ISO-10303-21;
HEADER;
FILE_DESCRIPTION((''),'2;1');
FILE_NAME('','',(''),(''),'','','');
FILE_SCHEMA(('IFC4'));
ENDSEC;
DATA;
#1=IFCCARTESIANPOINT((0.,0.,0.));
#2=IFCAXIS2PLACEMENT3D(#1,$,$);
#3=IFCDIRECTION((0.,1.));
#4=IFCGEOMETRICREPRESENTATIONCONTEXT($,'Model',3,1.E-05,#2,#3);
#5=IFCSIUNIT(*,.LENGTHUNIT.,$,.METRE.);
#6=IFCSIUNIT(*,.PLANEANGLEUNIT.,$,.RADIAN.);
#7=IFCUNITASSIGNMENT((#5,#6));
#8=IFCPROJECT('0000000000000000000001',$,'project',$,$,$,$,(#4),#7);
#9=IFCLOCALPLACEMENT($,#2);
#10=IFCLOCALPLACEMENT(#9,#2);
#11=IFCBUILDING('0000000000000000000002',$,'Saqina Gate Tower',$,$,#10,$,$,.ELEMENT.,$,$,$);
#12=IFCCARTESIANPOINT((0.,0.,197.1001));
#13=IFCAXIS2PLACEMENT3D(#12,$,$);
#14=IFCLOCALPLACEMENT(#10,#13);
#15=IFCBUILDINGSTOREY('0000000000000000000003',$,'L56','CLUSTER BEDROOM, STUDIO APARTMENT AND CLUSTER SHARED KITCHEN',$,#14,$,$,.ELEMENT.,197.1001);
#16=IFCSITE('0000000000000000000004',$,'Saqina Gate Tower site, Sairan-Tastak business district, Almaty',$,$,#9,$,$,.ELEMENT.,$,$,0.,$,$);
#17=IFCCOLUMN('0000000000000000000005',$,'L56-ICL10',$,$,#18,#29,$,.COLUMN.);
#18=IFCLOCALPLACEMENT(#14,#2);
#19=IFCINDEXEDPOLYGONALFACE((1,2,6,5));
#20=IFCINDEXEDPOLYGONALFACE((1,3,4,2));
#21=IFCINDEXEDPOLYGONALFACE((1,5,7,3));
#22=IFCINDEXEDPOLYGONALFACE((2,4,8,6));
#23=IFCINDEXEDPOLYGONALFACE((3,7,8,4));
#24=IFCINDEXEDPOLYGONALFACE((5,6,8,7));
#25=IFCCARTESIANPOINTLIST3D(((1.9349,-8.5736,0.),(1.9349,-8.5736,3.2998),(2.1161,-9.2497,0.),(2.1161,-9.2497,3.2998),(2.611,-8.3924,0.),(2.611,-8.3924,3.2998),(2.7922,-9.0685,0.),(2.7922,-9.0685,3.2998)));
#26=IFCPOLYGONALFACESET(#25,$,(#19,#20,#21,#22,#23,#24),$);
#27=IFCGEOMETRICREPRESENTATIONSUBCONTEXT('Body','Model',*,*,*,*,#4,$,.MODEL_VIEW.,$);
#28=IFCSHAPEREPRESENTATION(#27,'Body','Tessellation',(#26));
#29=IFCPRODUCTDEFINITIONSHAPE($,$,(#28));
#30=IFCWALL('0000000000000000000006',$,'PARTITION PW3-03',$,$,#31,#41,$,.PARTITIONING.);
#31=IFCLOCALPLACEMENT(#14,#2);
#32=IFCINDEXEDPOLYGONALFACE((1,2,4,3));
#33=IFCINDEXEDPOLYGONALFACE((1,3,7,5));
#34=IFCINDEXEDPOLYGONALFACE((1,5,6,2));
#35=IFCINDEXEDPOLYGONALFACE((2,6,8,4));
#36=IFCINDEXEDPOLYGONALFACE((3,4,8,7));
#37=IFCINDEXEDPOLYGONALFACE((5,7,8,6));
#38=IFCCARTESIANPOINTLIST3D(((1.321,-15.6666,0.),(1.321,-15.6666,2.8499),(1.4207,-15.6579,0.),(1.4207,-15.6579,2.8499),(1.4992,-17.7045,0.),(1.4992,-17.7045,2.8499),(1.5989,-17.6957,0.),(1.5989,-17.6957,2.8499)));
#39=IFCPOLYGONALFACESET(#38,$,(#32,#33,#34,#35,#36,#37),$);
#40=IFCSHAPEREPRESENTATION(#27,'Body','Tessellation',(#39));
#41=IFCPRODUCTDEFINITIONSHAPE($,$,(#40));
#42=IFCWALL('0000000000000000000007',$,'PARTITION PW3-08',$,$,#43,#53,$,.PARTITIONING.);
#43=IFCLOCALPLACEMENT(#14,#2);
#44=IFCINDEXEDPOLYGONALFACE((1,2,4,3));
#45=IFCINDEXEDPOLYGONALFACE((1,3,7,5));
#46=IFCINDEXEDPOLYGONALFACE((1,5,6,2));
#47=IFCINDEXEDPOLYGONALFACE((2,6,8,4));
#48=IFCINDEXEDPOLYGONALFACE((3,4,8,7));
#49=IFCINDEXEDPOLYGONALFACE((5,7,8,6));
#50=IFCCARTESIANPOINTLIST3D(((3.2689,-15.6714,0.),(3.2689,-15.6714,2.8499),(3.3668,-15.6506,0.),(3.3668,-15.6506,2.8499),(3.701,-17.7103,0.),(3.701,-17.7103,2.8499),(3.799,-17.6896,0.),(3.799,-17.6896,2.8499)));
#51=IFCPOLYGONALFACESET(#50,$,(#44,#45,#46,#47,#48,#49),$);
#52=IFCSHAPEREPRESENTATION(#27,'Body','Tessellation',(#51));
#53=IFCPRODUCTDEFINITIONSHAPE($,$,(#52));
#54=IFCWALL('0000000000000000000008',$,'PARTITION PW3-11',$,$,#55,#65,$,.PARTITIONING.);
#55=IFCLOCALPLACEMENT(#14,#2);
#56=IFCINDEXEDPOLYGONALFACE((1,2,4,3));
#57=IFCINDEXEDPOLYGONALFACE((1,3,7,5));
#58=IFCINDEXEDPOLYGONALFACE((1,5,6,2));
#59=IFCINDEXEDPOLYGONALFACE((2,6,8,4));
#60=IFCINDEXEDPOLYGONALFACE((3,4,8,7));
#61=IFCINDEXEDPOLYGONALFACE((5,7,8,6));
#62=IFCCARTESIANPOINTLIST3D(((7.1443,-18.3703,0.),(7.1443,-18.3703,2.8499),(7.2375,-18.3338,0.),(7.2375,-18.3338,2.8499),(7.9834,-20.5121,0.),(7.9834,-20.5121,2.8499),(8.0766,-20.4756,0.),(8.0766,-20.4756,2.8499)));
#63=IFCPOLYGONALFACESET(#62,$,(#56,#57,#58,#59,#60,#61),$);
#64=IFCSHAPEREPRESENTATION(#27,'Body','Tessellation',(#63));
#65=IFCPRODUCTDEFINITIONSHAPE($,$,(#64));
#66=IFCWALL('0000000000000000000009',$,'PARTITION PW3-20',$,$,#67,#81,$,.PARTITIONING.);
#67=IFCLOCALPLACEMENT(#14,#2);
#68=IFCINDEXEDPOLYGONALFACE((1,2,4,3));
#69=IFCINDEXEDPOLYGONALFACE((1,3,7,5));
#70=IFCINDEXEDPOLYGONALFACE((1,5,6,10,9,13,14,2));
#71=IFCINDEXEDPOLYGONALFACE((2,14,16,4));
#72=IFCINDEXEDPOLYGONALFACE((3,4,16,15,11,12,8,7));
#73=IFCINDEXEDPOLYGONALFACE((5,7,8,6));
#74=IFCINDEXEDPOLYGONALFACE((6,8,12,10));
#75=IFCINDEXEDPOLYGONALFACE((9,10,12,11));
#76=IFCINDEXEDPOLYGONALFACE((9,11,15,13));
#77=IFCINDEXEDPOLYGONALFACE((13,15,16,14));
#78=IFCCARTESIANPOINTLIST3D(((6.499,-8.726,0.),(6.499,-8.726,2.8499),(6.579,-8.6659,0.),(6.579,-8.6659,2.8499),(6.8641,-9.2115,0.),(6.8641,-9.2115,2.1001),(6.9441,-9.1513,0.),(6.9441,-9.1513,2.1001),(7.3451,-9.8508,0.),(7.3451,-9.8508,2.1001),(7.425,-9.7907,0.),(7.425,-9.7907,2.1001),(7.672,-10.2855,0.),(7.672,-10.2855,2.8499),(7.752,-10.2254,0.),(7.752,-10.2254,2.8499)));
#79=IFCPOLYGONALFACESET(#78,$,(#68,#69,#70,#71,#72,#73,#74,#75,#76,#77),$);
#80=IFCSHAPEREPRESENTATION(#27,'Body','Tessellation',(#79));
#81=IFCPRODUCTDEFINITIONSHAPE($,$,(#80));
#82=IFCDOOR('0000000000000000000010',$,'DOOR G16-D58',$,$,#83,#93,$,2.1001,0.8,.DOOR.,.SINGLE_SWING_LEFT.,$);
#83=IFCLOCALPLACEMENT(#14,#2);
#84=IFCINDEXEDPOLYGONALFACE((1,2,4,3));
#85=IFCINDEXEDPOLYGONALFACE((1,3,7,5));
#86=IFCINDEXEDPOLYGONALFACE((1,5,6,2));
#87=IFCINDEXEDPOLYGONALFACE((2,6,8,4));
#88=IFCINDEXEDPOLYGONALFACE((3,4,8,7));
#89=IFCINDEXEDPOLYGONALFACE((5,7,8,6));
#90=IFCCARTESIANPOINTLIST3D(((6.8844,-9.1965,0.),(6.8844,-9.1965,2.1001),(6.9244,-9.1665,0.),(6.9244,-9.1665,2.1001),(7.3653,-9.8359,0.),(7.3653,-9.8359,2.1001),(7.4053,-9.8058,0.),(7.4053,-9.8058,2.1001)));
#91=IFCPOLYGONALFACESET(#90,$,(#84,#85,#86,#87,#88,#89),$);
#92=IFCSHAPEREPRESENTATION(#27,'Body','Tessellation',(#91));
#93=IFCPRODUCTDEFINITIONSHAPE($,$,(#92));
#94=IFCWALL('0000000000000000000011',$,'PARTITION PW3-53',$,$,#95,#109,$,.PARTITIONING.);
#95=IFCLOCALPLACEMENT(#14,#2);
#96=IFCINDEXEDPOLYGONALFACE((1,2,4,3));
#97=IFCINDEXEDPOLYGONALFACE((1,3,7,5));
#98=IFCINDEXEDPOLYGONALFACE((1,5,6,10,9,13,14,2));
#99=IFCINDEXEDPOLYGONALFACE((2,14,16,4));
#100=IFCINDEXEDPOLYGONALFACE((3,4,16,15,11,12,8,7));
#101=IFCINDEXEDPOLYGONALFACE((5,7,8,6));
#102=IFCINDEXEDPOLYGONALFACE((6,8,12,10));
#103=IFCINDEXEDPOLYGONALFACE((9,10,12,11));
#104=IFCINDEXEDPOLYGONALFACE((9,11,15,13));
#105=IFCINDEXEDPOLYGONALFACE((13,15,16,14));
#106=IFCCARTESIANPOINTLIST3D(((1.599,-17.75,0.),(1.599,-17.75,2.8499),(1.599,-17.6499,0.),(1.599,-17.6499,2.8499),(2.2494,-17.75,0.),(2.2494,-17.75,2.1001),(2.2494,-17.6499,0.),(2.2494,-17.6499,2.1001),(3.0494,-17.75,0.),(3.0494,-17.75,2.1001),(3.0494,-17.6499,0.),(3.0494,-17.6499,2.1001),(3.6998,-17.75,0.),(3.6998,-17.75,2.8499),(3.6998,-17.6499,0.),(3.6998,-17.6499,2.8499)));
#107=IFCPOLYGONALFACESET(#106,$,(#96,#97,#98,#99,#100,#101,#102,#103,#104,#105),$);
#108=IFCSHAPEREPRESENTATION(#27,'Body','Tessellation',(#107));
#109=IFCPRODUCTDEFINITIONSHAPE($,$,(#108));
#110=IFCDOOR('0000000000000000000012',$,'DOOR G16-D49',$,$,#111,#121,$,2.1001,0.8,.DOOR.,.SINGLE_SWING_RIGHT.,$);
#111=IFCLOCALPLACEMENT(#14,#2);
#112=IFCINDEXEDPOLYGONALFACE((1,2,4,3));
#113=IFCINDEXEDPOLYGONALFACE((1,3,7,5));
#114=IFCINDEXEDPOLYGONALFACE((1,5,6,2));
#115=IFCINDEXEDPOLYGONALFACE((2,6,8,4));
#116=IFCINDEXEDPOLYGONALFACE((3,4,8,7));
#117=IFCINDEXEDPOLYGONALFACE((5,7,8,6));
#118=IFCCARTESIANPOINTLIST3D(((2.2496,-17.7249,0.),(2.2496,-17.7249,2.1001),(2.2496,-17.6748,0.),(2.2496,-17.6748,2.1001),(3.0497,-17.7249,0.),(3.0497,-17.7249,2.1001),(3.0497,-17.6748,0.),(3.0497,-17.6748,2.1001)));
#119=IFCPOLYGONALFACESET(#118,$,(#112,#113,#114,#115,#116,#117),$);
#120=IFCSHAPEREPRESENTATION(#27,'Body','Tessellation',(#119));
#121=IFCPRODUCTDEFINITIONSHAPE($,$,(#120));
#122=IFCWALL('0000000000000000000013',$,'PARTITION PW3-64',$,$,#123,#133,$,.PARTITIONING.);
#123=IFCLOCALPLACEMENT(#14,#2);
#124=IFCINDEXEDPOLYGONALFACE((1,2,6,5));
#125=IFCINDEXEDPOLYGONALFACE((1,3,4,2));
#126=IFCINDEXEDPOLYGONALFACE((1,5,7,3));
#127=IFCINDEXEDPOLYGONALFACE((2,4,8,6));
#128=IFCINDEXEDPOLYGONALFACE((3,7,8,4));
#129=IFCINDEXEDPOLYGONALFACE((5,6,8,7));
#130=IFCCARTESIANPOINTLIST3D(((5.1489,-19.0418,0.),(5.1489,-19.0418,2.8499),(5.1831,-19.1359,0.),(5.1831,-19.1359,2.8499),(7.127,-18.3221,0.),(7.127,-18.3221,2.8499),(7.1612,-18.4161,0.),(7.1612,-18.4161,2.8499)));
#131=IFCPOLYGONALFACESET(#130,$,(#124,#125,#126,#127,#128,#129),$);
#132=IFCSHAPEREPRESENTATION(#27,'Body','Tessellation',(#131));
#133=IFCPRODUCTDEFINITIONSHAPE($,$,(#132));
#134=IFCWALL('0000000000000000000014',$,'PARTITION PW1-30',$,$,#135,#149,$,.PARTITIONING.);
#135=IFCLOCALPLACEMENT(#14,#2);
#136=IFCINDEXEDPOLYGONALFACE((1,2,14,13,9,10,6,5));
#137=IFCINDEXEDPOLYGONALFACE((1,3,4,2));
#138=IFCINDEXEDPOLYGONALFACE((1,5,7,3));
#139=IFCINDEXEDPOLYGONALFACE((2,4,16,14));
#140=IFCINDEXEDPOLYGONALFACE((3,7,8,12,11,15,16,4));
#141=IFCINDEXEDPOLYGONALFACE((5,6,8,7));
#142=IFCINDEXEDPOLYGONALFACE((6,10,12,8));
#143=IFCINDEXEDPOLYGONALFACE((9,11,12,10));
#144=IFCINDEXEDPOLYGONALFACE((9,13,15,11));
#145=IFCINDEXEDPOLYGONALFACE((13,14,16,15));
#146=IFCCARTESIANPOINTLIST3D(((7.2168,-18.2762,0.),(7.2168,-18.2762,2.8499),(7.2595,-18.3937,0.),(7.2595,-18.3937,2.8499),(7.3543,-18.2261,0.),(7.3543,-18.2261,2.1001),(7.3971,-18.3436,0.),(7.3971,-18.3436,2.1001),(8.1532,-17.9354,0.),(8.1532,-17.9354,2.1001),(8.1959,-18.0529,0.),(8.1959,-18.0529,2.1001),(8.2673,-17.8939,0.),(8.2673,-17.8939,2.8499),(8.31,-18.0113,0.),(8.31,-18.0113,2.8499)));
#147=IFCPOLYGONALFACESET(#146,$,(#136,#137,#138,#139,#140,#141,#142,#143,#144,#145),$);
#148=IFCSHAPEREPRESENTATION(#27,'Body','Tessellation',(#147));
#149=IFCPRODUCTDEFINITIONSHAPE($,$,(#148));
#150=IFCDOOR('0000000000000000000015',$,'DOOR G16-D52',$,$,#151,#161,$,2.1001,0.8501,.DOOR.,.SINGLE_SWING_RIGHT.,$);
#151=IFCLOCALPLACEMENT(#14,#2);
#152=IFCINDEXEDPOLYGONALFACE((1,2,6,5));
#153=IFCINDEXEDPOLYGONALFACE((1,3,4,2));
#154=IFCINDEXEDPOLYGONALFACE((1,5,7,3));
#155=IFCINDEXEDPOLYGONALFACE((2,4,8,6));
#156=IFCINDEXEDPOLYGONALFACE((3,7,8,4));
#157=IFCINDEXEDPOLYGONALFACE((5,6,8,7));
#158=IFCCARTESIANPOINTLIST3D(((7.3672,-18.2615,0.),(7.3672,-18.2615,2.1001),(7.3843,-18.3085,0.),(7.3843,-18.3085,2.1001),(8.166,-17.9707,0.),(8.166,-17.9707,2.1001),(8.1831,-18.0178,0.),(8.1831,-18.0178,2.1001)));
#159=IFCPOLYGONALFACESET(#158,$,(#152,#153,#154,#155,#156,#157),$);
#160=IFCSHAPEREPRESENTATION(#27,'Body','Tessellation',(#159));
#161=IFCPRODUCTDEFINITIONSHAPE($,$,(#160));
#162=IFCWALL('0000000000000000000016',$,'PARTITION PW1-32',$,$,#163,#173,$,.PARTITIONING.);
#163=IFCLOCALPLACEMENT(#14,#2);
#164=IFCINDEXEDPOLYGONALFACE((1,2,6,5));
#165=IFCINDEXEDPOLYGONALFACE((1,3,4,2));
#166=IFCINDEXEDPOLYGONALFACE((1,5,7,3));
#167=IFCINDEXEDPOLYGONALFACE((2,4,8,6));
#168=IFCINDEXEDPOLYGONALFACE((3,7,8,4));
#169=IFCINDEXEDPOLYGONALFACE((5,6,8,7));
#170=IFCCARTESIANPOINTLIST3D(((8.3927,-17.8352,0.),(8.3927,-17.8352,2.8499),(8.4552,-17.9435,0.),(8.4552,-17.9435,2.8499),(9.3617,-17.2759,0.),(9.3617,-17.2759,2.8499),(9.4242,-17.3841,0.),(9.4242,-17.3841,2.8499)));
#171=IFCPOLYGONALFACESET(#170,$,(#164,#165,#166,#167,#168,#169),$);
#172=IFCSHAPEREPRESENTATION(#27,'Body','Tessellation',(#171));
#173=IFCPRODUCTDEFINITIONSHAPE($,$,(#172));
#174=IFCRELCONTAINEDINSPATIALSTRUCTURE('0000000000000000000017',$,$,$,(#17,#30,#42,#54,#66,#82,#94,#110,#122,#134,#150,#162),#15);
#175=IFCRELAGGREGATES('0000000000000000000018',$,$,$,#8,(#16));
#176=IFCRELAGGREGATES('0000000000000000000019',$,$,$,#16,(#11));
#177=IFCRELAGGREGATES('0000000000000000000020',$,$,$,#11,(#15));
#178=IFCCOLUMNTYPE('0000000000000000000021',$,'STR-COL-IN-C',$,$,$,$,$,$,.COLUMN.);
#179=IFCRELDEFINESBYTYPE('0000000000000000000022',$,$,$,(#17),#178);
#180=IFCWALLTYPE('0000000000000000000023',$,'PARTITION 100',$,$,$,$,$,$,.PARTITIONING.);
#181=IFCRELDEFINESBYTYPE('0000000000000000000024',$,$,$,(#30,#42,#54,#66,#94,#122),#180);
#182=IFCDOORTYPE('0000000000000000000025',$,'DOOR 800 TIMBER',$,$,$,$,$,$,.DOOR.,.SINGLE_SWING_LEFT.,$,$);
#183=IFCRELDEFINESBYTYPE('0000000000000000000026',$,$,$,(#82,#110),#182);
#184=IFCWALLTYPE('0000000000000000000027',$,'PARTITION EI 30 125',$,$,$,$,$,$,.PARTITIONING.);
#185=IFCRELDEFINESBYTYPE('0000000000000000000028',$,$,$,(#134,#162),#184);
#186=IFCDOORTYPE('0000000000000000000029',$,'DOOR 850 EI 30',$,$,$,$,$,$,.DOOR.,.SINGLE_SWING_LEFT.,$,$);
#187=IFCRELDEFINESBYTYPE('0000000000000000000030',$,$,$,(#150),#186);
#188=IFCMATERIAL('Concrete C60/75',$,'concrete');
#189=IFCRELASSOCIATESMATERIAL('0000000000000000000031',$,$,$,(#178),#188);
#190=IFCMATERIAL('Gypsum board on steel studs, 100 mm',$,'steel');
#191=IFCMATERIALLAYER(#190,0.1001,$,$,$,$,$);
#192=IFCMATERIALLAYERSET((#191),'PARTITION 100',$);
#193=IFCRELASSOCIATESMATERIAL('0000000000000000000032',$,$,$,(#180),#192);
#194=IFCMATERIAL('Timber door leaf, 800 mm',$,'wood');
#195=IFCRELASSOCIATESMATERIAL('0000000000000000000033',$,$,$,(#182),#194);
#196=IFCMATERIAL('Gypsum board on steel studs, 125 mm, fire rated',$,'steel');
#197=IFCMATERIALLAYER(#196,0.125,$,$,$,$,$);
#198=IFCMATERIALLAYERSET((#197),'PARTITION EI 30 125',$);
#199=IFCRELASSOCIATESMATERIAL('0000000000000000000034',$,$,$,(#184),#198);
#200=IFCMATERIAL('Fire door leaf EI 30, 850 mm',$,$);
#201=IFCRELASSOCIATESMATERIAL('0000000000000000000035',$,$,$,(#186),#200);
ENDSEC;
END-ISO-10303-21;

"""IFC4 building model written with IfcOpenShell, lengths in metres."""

from ifc_helpers import new_model, si_unit, direction, frame, frame_2d, origin, origin_2d, place, context, subcontext, project, spatial, rectangle, extrude, material, layer, layer_set, material_profile, profile_set, type_object, element, fill, save


model = new_model("IFC4")

# Units and contexts
model_context = context("Model", 3, precision=1e-05, world=origin(), true_north=direction((0.0, 1.0)))
body_context = subcontext(model_context, "Body", "Model", "MODEL_VIEW")
ifc_project = project(units=[si_unit("LENGTHUNIT", "METRE"), si_unit("PLANEANGLEUNIT", "RADIAN")], contexts=[model_context])

# Site, building, storey
site_placement = place(None, origin())
site = spatial("IfcSite", under=ifc_project, at=site_placement, Name="Saqina Gate Tower site, Sairan-Tastak business district, Almaty", CompositionType="ELEMENT", RefElevation=0.0)
building_placement = place(site_placement, origin())
building = spatial("IfcBuilding", under=site, at=building_placement, Name="Saqina Gate Tower", CompositionType="ELEMENT")
storey_placement = place(building_placement, frame((0.0, 0.0, 197.1001)))
storey = spatial("IfcBuildingStorey", under=building, at=storey_placement, Name="L56", Description="CLUSTER BEDROOM, STUDIO APARTMENT AND CLUSTER SHARED KITCHEN", CompositionType="ELEMENT", Elevation=197.1001)

# Column
ifc_material_1 = material(Name="Concrete C60/75", Category="concrete")
ifc_material_profile = material_profile(ifc_material_1, rectangle(XDim=0.7, YDim=0.7, at=origin_2d()), Name="RC 700x700")
ifc_profile_set = profile_set([ifc_material_profile], Name="Concrete C60/75")
column_type = type_object("IfcColumnType", Name="STR-COL-IN-C", PredefinedType="COLUMN", material=ifc_profile_set)
column_placement = place(storey_placement, frame((2.3635, -8.821, 0.0), z_axis=(0.0, 0.0, 1.0), x_axis=(0.258819, -0.965926, 0.0)))
element("IfcColumn", 1, at=column_placement, inside=storey, type_object=column_type, Name="L56-ICL10", PredefinedType="COLUMN", context=body_context, shape_type="SweptSolid", body=[
    extrude(rectangle(XDim=0.7, YDim=0.7, at=origin_2d()), origin(), (0.0, 0.0, 1.0), 3.2998),
])

# Walls
ifc_material_2 = material(Name="Gypsum board on steel studs, 100 mm", Category="steel")
ifc_layer_1 = layer(ifc_material_2, 0.1001)
ifc_layer_set_1 = layer_set([ifc_layer_1], Name="PARTITION 100")
wall_type_1 = type_object("IfcWallType", Name="PARTITION 100", PredefinedType="PARTITIONING", material=ifc_layer_set_1)
wall_1_placement = place(storey_placement, frame((1.3708, -15.6621, 0.0), z_axis=(0.0, 0.0, 1.0), x_axis=(0.087124, -0.996197, 0.0)))
element("IfcWall", 2, at=wall_1_placement, inside=storey, type_object=wall_type_1, Name="PARTITION PW3-03", PredefinedType="PARTITIONING", context=body_context, shape_type="SweptSolid", body=[
    extrude(rectangle(XDim=2.0457, YDim=0.1001, at=frame_2d((1.0229, 0.0))), origin(), (0.0, 0.0, 1.0), 2.8499),
])
wall_2_placement = place(storey_placement, frame((3.3179, -15.6611, 0.0), z_axis=(0.0, 0.0, 1.0), x_axis=(0.207345, -0.978268, 0.0)))
element("IfcWall", 3, at=wall_2_placement, inside=storey, type_object=wall_type_1, Name="PARTITION PW3-08", PredefinedType="PARTITIONING", context=body_context, shape_type="SweptSolid", body=[
    extrude(rectangle(XDim=2.0842, YDim=0.1001, at=frame_2d((1.042, 0.0))), origin(), (0.0, 0.0, 1.0), 2.8499),
])
wall_3_placement = place(storey_placement, frame((7.1909, -18.3521, 0.0), z_axis=(0.0, 0.0, 1.0), x_axis=(0.364775, -0.931096, 0.0)))
element("IfcWall", 4, at=wall_3_placement, inside=storey, type_object=wall_type_1, Name="PARTITION PW3-11", PredefinedType="PARTITIONING", context=body_context, shape_type="SweptSolid", body=[
    extrude(rectangle(XDim=2.3003, YDim=0.1001, at=frame_2d((1.1501, 0.0))), origin(), (0.0, 0.0, 1.0), 2.8499),
])

# Walls, openings, doors
wall_4_placement = place(storey_placement, frame((6.5391, -8.696, 0.0), z_axis=(0.0, 0.0, 1.0), x_axis=(0.60112, -0.799159, 0.0)))
wall_4 = element("IfcWall", 5, at=wall_4_placement, inside=storey, type_object=wall_type_1, Name="PARTITION PW3-20", PredefinedType="PARTITIONING", context=body_context, shape_type="SweptSolid", body=[
    extrude(rectangle(XDim=1.9514, YDim=0.1001, at=frame_2d((0.9756, 0.0))), origin(), (0.0, 0.0, 1.0), 2.8499),
])
opening_1_placement = place(wall_4_placement, frame((0.6074, 0.0, 0.0)))
opening_1 = element("IfcOpeningElement", 6, at=opening_1_placement, cuts=wall_4, PredefinedType="OPENING", context=body_context, shape_type="SweptSolid", body=[
    extrude(rectangle(XDim=0.8, YDim=2.1001, at=frame_2d((0.3999, 1.05))), frame((0.0, 0.062, 0.0), z_axis=(0.0, -1.0, 0.0), x_axis=(1.0, 0.0, 0.0)), (0.0, 0.0, 1.0), 0.124),
])
ifc_material_3 = material(Name="Timber door leaf, 800 mm", Category="wood")
door_type_1 = type_object("IfcDoorType", Name="DOOR 800 TIMBER", OperationType="SINGLE_SWING_LEFT", PredefinedType="DOOR", material=ifc_material_3)
door_1_placement = place(opening_1_placement, frame((0.8, 0.0, 0.0), z_axis=(0.0, 0.0, 1.0), x_axis=(-1.0, 0.0, 0.0)))
door_1 = element("IfcDoor", 7, at=door_1_placement, inside=storey, type_object=door_type_1, Name="DOOR G16-D58", OperationType="SINGLE_SWING_LEFT", OverallHeight=2.1001, OverallWidth=0.8, PredefinedType="DOOR", context=body_context, shape_type="SweptSolid", body=[
    extrude(rectangle(XDim=0.8, YDim=2.1001, at=frame_2d((0.3999, 1.05))), frame((0.0, 0.0249, 0.0), z_axis=(0.0, -1.0, 0.0), x_axis=(1.0, 0.0, 0.0)), (0.0, 0.0, 1.0), 0.05),
])
fill(opening_1, door_1)
wall_5_placement = place(storey_placement, frame((1.5991, -17.7, 0.0), z_axis=(0.0, 0.0, 1.0), x_axis=(1.0, 0.0, 0.0)))
wall_5 = element("IfcWall", 8, at=wall_5_placement, inside=storey, type_object=wall_type_1, Name="PARTITION PW3-53", PredefinedType="PARTITIONING", context=body_context, shape_type="SweptSolid", body=[
    extrude(rectangle(XDim=2.1008, YDim=0.1001, at=frame_2d((1.0503, 0.0))), origin(), (0.0, 0.0, 1.0), 2.8499),
])
opening_2_placement = place(wall_5_placement, frame((0.6504, 0.0, 0.0)))
opening_2 = element("IfcOpeningElement", 9, at=opening_2_placement, cuts=wall_5, PredefinedType="OPENING", context=body_context, shape_type="SweptSolid", body=[
    extrude(rectangle(XDim=0.8, YDim=2.1001, at=frame_2d((0.3999, 1.05))), frame((0.0, 0.062, 0.0), z_axis=(0.0, -1.0, 0.0), x_axis=(1.0, 0.0, 0.0)), (0.0, 0.0, 1.0), 0.124),
])
door_2_placement = place(opening_2_placement, frame((0.8, 0.0, 0.0), z_axis=(0.0, 0.0, 1.0), x_axis=(-1.0, 0.0, 0.0)))
door_2 = element("IfcDoor", 10, at=door_2_placement, inside=storey, type_object=door_type_1, Name="DOOR G16-D49", OperationType="SINGLE_SWING_RIGHT", OverallHeight=2.1001, OverallWidth=0.8, PredefinedType="DOOR", context=body_context, shape_type="SweptSolid", body=[
    extrude(rectangle(XDim=0.8, YDim=2.1001, at=frame_2d((0.3999, 1.05))), frame((0.0, 0.0249, 0.0), z_axis=(0.0, -1.0, 0.0), x_axis=(1.0, 0.0, 0.0)), (0.0, 0.0, 1.0), 0.05),
])
fill(opening_2, door_2)

# Wall
wall_6_placement = place(storey_placement, frame((5.166, -19.0889, 0.0), z_axis=(0.0, 0.0, 1.0), x_axis=(0.939726, 0.341929, 0.0)))
element("IfcWall", 11, at=wall_6_placement, inside=storey, type_object=wall_type_1, Name="PARTITION PW3-64", PredefinedType="PARTITIONING", context=body_context, shape_type="SweptSolid", body=[
    extrude(rectangle(XDim=2.105, YDim=0.1001, at=frame_2d((1.0525, 0.0))), origin(), (0.0, 0.0, 1.0), 2.8499),
])

# Wall, opening, door
ifc_material_4 = material(Name="Gypsum board on steel studs, 125 mm, fire rated", Category="steel")
ifc_layer_2 = layer(ifc_material_4, 0.125)
ifc_layer_set_2 = layer_set([ifc_layer_2], Name="PARTITION EI 30 125")
wall_type_2 = type_object("IfcWallType", Name="PARTITION EI 30 125", PredefinedType="PARTITIONING", material=ifc_layer_set_2)
wall_7_placement = place(storey_placement, frame((7.238, -18.335, 0.0), z_axis=(0.0, 0.0, 1.0), x_axis=(0.939704, 0.341989, 0.0)))
wall_7 = element("IfcWall", 12, at=wall_7_placement, inside=storey, type_object=wall_type_2, Name="PARTITION PW1-30", PredefinedType="PARTITIONING", context=body_context, shape_type="SweptSolid", body=[
    extrude(rectangle(XDim=1.1179, YDim=0.125, at=frame_2d((0.5591, 0.0))), origin(), (0.0, 0.0, 1.0), 2.8499),
])
opening_3_placement = place(wall_7_placement, frame((0.1465, 0.0, 0.0)))
opening_3 = element("IfcOpeningElement", 13, at=opening_3_placement, cuts=wall_7, PredefinedType="OPENING", context=body_context, shape_type="SweptSolid", body=[
    extrude(rectangle(XDim=0.8501, YDim=2.1001, at=frame_2d((0.425, 1.05))), frame((0.0, 0.0745, 0.0), z_axis=(0.0, -1.0, 0.0), x_axis=(1.0, 0.0, 0.0)), (0.0, 0.0, 1.0), 0.1489),
])
ifc_material_5 = material(Name="Fire door leaf EI 30, 850 mm")
door_type_2 = type_object("IfcDoorType", Name="DOOR 850 EI 30", OperationType="SINGLE_SWING_LEFT", PredefinedType="DOOR", material=ifc_material_5)
door_3_placement = place(opening_3_placement, origin())
door_3 = element("IfcDoor", 14, at=door_3_placement, inside=storey, type_object=door_type_2, Name="DOOR G16-D52", OperationType="SINGLE_SWING_RIGHT", OverallHeight=2.1001, OverallWidth=0.8501, PredefinedType="DOOR", context=body_context, shape_type="SweptSolid", body=[
    extrude(rectangle(XDim=0.8501, YDim=2.1001, at=frame_2d((0.425, 1.05))), frame((0.0, 0.0249, 0.0), z_axis=(0.0, -1.0, 0.0), x_axis=(1.0, 0.0, 0.0)), (0.0, 0.0, 1.0), 0.05),
])
fill(opening_3, door_3)

# Wall
wall_8_placement = place(storey_placement, frame((8.4238, -17.8894, 0.0), z_axis=(0.0, 0.0, 1.0), x_axis=(0.866073, 0.499918, 0.0)))
element("IfcWall", 15, at=wall_8_placement, inside=storey, type_object=wall_type_2, Name="PARTITION PW1-32", PredefinedType="PARTITIONING", context=body_context, shape_type="SweptSolid", body=[
    extrude(rectangle(XDim=1.1189, YDim=0.125, at=frame_2d((0.5596, 0.0))), origin(), (0.0, 0.0, 1.0), 2.8499),
])

save(model, "model.ifc")
